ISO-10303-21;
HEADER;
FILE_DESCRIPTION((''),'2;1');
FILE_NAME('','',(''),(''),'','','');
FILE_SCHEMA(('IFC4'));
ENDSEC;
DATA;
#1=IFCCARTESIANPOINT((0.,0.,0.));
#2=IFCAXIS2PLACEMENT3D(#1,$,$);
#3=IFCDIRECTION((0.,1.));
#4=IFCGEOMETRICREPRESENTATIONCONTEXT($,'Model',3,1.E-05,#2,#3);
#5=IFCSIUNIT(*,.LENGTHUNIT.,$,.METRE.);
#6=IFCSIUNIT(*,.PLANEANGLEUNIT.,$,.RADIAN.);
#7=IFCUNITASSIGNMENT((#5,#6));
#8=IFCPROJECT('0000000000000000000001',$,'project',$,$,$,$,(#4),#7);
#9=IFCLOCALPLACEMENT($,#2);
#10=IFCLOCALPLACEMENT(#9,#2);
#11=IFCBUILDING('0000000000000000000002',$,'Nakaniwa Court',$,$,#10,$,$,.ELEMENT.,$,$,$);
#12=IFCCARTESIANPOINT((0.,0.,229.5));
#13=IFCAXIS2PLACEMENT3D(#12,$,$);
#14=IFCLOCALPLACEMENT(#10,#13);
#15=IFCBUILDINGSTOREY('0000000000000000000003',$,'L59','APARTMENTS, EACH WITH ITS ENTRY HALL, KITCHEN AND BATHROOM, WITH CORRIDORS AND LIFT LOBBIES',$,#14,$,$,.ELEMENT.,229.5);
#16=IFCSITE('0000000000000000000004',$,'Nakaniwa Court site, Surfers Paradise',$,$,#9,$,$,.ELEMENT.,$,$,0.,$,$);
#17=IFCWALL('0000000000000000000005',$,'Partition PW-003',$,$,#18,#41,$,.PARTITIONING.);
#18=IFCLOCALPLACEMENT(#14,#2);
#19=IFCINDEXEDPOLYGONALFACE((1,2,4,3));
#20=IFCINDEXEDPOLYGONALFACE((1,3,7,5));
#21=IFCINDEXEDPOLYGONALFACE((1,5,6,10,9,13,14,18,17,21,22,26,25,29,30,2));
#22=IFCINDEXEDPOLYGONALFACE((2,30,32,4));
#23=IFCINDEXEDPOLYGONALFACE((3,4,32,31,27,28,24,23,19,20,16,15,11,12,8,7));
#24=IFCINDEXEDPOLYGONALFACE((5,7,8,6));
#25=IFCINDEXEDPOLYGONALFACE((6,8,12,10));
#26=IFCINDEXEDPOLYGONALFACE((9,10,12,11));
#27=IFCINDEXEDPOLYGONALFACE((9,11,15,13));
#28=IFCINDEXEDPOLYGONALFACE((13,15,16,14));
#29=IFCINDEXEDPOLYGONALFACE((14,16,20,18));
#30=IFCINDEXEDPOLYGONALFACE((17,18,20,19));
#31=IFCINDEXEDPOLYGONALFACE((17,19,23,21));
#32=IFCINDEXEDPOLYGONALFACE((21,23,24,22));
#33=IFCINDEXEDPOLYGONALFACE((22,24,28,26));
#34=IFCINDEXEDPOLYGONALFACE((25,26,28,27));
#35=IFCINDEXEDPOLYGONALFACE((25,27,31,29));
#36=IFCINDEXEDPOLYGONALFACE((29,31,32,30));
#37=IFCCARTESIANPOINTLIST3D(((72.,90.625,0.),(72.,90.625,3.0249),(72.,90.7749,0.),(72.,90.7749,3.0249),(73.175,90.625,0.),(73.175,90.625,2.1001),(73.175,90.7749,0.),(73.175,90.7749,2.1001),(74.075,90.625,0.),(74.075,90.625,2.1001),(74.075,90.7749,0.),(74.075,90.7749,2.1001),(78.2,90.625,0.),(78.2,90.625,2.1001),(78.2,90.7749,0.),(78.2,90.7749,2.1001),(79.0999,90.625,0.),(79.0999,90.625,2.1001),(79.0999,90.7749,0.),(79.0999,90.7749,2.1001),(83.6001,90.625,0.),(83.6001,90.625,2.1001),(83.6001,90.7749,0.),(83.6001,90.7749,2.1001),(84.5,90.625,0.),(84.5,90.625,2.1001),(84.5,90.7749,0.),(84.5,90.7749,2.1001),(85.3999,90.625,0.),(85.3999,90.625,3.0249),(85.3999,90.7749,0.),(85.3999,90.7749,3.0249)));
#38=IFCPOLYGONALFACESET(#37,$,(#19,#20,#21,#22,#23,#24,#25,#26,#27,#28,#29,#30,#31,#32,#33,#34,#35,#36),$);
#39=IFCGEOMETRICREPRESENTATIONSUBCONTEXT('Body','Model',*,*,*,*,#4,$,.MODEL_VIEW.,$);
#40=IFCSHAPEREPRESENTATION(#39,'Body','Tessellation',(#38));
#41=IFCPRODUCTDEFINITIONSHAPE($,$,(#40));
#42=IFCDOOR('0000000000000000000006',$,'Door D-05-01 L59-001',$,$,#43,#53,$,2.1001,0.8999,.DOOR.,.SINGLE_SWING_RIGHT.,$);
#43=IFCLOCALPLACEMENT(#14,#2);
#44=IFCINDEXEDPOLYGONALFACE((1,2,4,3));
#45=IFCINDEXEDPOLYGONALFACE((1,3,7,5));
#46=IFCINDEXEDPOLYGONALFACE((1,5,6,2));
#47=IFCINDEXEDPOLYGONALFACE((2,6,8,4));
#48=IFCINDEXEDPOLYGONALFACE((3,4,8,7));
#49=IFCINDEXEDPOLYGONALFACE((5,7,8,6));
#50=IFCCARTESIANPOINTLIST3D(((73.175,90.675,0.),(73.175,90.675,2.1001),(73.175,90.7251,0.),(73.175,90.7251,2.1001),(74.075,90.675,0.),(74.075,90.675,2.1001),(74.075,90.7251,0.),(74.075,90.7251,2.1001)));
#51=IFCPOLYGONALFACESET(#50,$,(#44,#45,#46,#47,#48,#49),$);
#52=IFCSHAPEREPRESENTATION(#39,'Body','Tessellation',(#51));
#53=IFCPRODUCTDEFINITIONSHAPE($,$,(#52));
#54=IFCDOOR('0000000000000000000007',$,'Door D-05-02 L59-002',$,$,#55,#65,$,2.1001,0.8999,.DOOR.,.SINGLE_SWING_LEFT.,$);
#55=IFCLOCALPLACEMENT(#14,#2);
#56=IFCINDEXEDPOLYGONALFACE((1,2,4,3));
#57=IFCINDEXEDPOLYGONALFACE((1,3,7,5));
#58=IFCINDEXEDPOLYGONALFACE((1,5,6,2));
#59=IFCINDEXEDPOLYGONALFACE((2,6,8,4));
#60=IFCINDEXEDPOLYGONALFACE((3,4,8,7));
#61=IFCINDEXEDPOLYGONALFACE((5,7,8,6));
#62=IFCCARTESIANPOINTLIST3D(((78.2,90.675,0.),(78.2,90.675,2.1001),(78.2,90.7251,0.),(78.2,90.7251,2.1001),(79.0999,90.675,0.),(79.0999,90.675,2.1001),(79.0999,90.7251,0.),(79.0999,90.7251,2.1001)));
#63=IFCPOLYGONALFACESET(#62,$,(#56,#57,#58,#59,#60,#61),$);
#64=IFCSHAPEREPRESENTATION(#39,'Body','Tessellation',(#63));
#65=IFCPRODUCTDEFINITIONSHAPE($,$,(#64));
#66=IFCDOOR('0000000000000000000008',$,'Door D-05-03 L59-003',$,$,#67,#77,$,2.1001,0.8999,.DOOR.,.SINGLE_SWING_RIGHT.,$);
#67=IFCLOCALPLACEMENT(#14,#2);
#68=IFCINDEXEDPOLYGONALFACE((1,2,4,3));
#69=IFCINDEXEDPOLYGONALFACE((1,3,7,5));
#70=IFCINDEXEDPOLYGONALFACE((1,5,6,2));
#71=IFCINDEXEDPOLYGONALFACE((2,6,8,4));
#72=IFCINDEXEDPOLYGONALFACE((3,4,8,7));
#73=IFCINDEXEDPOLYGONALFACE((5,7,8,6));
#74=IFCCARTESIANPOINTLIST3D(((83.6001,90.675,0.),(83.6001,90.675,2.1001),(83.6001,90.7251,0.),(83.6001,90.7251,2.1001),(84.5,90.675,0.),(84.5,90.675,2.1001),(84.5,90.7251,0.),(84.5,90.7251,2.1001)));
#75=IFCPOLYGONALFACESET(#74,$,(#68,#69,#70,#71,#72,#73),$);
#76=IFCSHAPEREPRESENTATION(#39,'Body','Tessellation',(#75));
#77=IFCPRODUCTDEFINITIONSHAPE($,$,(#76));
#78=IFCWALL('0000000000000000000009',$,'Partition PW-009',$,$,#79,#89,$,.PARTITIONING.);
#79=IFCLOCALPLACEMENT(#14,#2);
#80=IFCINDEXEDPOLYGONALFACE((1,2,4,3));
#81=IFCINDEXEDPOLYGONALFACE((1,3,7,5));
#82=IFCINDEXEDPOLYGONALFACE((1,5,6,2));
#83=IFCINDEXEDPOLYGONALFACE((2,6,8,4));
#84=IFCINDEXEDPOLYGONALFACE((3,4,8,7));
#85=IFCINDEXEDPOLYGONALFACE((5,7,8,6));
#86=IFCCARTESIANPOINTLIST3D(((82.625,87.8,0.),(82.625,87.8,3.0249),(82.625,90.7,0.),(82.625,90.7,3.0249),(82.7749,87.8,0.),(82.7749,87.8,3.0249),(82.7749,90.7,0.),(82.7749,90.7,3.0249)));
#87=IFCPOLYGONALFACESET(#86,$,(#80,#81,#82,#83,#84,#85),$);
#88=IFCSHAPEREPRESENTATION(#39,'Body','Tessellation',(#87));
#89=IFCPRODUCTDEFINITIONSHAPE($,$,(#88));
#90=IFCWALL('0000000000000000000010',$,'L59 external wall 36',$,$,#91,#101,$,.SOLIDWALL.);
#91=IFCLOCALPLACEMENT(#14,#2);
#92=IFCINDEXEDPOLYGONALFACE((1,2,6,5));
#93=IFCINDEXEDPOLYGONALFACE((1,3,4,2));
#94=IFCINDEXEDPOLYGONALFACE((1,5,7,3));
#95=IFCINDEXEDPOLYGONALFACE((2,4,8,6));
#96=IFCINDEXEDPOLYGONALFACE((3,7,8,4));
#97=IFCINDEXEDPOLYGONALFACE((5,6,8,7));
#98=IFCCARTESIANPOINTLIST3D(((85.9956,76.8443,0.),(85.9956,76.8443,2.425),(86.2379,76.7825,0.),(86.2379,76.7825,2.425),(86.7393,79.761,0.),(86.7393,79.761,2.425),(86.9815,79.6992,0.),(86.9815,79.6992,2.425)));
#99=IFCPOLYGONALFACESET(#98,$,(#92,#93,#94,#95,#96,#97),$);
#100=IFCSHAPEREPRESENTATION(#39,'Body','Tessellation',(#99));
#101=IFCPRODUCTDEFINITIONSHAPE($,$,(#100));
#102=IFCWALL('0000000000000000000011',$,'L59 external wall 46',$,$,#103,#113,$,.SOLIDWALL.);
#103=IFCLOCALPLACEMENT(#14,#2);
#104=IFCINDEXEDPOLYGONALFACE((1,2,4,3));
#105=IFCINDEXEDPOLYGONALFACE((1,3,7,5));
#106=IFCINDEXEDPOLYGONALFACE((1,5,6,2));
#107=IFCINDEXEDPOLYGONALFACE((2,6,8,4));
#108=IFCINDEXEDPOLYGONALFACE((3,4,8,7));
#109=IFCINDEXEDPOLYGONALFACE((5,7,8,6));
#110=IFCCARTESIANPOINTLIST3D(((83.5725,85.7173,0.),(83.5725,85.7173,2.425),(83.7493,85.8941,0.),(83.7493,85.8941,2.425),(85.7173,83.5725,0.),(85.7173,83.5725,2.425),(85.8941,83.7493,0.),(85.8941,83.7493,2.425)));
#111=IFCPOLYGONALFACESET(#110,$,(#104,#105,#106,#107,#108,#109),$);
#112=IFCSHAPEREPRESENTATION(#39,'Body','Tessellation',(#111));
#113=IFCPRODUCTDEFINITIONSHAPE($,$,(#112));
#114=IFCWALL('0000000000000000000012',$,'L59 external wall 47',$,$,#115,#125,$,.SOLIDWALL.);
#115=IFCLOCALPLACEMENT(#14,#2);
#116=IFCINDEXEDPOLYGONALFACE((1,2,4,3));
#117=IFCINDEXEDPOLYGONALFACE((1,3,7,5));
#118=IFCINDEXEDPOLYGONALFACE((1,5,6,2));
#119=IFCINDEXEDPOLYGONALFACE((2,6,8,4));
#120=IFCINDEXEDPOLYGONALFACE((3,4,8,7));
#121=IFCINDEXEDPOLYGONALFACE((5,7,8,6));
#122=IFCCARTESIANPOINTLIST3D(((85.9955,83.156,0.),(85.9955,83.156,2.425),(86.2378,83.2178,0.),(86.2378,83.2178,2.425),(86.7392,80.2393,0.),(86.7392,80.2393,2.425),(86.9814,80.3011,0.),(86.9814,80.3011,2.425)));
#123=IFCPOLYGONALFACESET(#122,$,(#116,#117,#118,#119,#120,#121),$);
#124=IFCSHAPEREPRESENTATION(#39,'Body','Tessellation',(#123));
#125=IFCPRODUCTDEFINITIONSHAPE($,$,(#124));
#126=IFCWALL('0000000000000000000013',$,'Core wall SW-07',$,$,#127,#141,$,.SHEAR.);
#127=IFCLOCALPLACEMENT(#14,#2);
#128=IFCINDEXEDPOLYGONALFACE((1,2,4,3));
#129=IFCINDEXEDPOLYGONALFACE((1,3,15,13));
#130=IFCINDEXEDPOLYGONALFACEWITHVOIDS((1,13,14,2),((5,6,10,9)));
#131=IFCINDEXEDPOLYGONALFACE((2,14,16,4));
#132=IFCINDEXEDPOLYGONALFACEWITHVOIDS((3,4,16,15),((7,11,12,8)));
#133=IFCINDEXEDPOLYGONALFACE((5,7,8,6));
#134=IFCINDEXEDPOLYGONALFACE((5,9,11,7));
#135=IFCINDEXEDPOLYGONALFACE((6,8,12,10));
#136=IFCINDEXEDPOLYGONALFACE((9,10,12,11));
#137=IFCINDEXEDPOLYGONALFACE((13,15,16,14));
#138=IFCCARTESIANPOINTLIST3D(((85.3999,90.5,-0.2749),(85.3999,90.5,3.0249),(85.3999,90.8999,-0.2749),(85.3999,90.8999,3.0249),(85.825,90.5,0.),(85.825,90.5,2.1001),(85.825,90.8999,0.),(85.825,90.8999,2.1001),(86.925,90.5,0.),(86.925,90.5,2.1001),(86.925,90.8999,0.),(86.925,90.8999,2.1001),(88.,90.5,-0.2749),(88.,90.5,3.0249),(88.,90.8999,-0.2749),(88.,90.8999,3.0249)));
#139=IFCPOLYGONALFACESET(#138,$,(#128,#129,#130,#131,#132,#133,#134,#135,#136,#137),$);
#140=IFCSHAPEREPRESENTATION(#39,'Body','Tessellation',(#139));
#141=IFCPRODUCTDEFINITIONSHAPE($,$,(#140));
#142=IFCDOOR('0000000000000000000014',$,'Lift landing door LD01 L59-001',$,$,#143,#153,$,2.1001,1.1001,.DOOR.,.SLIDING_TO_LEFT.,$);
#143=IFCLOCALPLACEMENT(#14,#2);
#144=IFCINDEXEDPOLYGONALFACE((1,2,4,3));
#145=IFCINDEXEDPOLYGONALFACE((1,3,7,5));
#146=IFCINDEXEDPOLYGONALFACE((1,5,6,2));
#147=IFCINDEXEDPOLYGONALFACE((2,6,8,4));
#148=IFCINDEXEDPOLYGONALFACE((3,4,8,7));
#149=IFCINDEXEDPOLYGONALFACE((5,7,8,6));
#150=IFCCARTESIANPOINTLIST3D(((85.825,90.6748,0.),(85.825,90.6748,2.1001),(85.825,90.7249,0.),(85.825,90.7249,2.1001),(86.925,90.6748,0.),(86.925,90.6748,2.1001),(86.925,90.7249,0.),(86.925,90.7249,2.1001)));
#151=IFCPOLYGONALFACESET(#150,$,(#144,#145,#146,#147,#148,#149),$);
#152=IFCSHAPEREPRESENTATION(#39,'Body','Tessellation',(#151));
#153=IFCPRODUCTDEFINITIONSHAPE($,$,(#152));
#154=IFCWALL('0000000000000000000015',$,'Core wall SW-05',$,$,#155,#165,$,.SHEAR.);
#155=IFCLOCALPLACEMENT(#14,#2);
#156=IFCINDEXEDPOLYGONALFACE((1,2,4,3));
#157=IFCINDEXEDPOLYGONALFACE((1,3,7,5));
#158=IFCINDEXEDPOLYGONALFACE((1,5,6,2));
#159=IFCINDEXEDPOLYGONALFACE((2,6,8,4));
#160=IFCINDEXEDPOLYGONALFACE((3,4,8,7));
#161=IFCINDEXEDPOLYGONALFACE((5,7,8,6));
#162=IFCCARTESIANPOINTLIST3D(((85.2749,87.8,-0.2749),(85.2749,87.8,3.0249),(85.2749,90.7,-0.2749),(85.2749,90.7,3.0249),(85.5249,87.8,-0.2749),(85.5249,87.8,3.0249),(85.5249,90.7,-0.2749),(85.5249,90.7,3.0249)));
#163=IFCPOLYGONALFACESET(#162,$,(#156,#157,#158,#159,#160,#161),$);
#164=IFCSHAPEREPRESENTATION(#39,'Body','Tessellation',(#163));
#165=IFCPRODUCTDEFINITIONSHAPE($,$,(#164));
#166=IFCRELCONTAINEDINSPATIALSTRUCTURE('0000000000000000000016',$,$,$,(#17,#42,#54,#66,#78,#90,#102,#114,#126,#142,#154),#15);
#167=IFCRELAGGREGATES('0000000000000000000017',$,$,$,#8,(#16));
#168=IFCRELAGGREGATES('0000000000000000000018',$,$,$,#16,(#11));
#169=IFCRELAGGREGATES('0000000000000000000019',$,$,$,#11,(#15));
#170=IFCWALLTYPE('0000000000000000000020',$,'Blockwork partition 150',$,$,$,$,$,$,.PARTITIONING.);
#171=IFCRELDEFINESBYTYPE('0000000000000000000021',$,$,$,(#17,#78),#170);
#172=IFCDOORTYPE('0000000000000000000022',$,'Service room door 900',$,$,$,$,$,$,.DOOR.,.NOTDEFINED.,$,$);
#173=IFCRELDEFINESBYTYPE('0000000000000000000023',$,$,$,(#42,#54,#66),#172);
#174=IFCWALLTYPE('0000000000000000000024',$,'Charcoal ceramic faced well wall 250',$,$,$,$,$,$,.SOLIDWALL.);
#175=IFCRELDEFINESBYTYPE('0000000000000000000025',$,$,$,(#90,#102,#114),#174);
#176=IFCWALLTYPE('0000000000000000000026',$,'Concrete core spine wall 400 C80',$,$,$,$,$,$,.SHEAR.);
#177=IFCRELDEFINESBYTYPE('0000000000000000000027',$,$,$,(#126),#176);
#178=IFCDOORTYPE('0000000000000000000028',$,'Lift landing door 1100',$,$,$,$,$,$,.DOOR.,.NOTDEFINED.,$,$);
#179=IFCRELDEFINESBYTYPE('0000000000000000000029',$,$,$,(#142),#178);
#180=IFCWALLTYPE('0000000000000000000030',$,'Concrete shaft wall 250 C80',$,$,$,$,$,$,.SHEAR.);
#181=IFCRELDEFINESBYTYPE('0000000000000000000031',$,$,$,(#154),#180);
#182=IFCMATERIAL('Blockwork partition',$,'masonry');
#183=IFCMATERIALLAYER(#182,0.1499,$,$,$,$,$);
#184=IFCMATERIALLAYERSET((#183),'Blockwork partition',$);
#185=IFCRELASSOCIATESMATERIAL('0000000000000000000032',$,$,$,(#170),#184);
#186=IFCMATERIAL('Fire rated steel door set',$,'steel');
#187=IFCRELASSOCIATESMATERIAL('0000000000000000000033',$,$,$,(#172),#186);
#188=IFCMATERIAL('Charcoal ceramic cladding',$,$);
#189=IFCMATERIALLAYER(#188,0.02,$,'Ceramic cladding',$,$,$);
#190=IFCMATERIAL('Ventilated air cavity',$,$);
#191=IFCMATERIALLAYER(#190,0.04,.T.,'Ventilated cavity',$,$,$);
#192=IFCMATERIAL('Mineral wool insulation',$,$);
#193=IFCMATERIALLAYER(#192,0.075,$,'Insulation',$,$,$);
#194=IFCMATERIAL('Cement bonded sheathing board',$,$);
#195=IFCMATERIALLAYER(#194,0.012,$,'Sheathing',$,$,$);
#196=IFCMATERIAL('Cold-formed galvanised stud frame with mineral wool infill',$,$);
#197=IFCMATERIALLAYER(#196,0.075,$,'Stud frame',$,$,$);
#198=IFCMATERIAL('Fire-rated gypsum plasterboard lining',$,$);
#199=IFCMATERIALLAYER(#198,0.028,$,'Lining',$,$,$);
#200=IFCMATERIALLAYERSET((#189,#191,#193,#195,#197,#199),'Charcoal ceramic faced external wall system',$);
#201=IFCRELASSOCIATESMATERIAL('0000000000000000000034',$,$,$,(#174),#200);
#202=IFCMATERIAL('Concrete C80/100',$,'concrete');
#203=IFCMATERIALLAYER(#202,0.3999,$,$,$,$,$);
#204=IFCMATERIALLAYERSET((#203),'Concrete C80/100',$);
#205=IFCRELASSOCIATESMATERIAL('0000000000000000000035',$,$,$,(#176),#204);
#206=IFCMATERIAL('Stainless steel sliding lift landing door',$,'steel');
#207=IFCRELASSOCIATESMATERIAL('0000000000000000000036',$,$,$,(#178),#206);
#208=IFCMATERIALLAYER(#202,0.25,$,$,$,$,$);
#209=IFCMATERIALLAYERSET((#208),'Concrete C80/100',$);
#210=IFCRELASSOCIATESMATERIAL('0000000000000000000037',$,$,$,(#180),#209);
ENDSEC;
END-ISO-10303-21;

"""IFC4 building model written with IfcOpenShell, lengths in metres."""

from ifc_helpers import new_model, si_unit, direction, frame, frame_2d, origin, place, context, subcontext, project, spatial, rectangle, extrude, material, layer, layer_set, type_object, element, fill, save


model = new_model("IFC4")

# Units and contexts
model_context = context("Model", 3, precision=1e-05, world=origin(), true_north=direction((0.0, 1.0)))
body_context = subcontext(model_context, "Body", "Model", "MODEL_VIEW")
ifc_project = project(units=[si_unit("LENGTHUNIT", "METRE"), si_unit("PLANEANGLEUNIT", "RADIAN")], contexts=[model_context])

# Site, building, storey
site_placement = place(None, origin())
site = spatial("IfcSite", under=ifc_project, at=site_placement, Name="Nakaniwa Court site, Surfers Paradise", CompositionType="ELEMENT", RefElevation=0.0)
building_placement = place(site_placement, origin())
building = spatial("IfcBuilding", under=site, at=building_placement, Name="Nakaniwa Court", CompositionType="ELEMENT")
storey_placement = place(building_placement, frame((0.0, 0.0, 229.5)))
storey = spatial("IfcBuildingStorey", under=building, at=storey_placement, Name="L59", Description="APARTMENTS, EACH WITH ITS ENTRY HALL, KITCHEN AND BATHROOM, WITH CORRIDORS AND LIFT LOBBIES", CompositionType="ELEMENT", Elevation=229.5)

# Shared definitions
ifc_material_1 = material(Name="Concrete C80/100", Category="concrete")

# Wall, openings, doors
ifc_material_2 = material(Name="Blockwork partition", Category="masonry")
ifc_layer_1 = layer(ifc_material_2, 0.1499)
ifc_layer_set_1 = layer_set([ifc_layer_1], Name="Blockwork partition")
wall_type_1 = type_object("IfcWallType", Name="Blockwork partition 150", PredefinedType="PARTITIONING", material=ifc_layer_set_1)
wall_1_placement = place(storey_placement, frame((85.3999, 90.7, 0.0), z_axis=(0.0, 0.0, 1.0), x_axis=(-1.0, 0.0, 0.0)))
wall_1 = element("IfcWall", 1, at=wall_1_placement, inside=storey, type_object=wall_type_1, Name="Partition PW-003", PredefinedType="PARTITIONING", context=body_context, shape_type="SweptSolid", body=[
    extrude(rectangle(XDim=13.3999, YDim=0.1499, at=frame_2d((6.7, 0.0))), origin(), (0.0, 0.0, 1.0), 3.0249),
])
opening_1_placement = place(wall_1_placement, frame((11.325, 0.0, 0.0)))
opening_1 = element("IfcOpeningElement", 2, at=opening_1_placement, cuts=wall_1, PredefinedType="OPENING", context=body_context, shape_type="SweptSolid", body=[
    extrude(rectangle(XDim=0.8999, YDim=2.1001, at=frame_2d((0.45, 1.05))), frame((0.0, 0.085, 0.0), z_axis=(0.0, -1.0, 0.0), x_axis=(1.0, 0.0, 0.0)), (0.0, 0.0, 1.0), 0.1699),
])
opening_2_placement = place(wall_1_placement, frame((6.3, 0.0, 0.0)))
opening_2 = element("IfcOpeningElement", 3, at=opening_2_placement, cuts=wall_1, PredefinedType="OPENING", context=body_context, shape_type="SweptSolid", body=[
    extrude(rectangle(XDim=0.8999, YDim=2.1001, at=frame_2d((0.45, 1.05))), frame((0.0, 0.085, 0.0), z_axis=(0.0, -1.0, 0.0), x_axis=(1.0, 0.0, 0.0)), (0.0, 0.0, 1.0), 0.1699),
])
opening_3_placement = place(wall_1_placement, frame((0.8999, 0.0, 0.0)))
opening_3 = element("IfcOpeningElement", 4, at=opening_3_placement, cuts=wall_1, PredefinedType="OPENING", context=body_context, shape_type="SweptSolid", body=[
    extrude(rectangle(XDim=0.8999, YDim=2.1001, at=frame_2d((0.45, 1.05))), frame((0.0, 0.085, 0.0), z_axis=(0.0, -1.0, 0.0), x_axis=(1.0, 0.0, 0.0)), (0.0, 0.0, 1.0), 0.1699),
])
ifc_material_3 = material(Name="Fire rated steel door set", Category="steel")
door_type_1 = type_object("IfcDoorType", Name="Service room door 900", OperationType="NOTDEFINED", PredefinedType="DOOR", material=ifc_material_3)
door_1_placement = place(opening_1_placement, origin())
door_1 = element("IfcDoor", 5, at=door_1_placement, inside=storey, type_object=door_type_1, Name="Door D-05-01 L59-001", OperationType="SINGLE_SWING_RIGHT", OverallHeight=2.1001, OverallWidth=0.8999, PredefinedType="DOOR", context=body_context, shape_type="SweptSolid", body=[
    extrude(rectangle(XDim=0.8999, YDim=2.1001, at=frame_2d((0.45, 1.05))), frame((0.0, 0.0249, 0.0), z_axis=(0.0, -1.0, 0.0), x_axis=(1.0, 0.0, 0.0)), (0.0, 0.0, 1.0), 0.05),
])
fill(opening_1, door_1)
door_2_placement = place(opening_2_placement, origin())
door_2 = element("IfcDoor", 6, at=door_2_placement, inside=storey, type_object=door_type_1, Name="Door D-05-02 L59-002", OperationType="SINGLE_SWING_LEFT", OverallHeight=2.1001, OverallWidth=0.8999, PredefinedType="DOOR", context=body_context, shape_type="SweptSolid", body=[
    extrude(rectangle(XDim=0.8999, YDim=2.1001, at=frame_2d((0.45, 1.05))), frame((0.0, 0.0249, 0.0), z_axis=(0.0, -1.0, 0.0), x_axis=(1.0, 0.0, 0.0)), (0.0, 0.0, 1.0), 0.05),
])
fill(opening_2, door_2)
door_3_placement = place(opening_3_placement, origin())
door_3 = element("IfcDoor", 7, at=door_3_placement, inside=storey, type_object=door_type_1, Name="Door D-05-03 L59-003", OperationType="SINGLE_SWING_RIGHT", OverallHeight=2.1001, OverallWidth=0.8999, PredefinedType="DOOR", context=body_context, shape_type="SweptSolid", body=[
    extrude(rectangle(XDim=0.8999, YDim=2.1001, at=frame_2d((0.45, 1.05))), frame((0.0, 0.0249, 0.0), z_axis=(0.0, -1.0, 0.0), x_axis=(1.0, 0.0, 0.0)), (0.0, 0.0, 1.0), 0.05),
])
fill(opening_3, door_3)

# Walls
wall_2_placement = place(storey_placement, frame((82.7, 87.8, 0.0), z_axis=(0.0, 0.0, 1.0), x_axis=(0.0, 1.0, 0.0)))
element("IfcWall", 8, at=wall_2_placement, inside=storey, type_object=wall_type_1, Name="Partition PW-009", PredefinedType="PARTITIONING", context=body_context, shape_type="SweptSolid", body=[
    extrude(rectangle(XDim=2.8999, YDim=0.1499, at=frame_2d((1.45, 0.0))), origin(), (0.0, 0.0, 1.0), 3.0249),
])
ifc_material_4 = material(Name="Charcoal ceramic cladding")
ifc_layer_2 = layer(ifc_material_4, 0.02, Name="Ceramic cladding")
ifc_material_5 = material(Name="Ventilated air cavity")
ifc_layer_3 = layer(ifc_material_5, 0.04, ventilated=True, Name="Ventilated cavity")
ifc_material_6 = material(Name="Mineral wool insulation")
ifc_layer_4 = layer(ifc_material_6, 0.075, Name="Insulation")
ifc_material_7 = material(Name="Cement bonded sheathing board")
ifc_layer_5 = layer(ifc_material_7, 0.012, Name="Sheathing")
ifc_material_8 = material(Name="Cold-formed galvanised stud frame with mineral wool infill")
ifc_layer_6 = layer(ifc_material_8, 0.075, Name="Stud frame")
ifc_material_9 = material(Name="Fire-rated gypsum plasterboard lining")
ifc_layer_7 = layer(ifc_material_9, 0.028, Name="Lining")
ifc_layer_set_2 = layer_set([ifc_layer_2, ifc_layer_3, ifc_layer_4, ifc_layer_5, ifc_layer_6, ifc_layer_7], Name="Charcoal ceramic faced external wall system")
wall_type_2 = type_object("IfcWallType", Name="Charcoal ceramic faced well wall 250", PredefinedType="SOLIDWALL", material=ifc_layer_set_2)
wall_3_placement = place(storey_placement, frame((86.8604, 79.73, 0.0), z_axis=(0.0, 0.0, 1.0), x_axis=(-0.247056, -0.969001, 0.0)))
element("IfcWall", 9, at=wall_3_placement, inside=storey, type_object=wall_type_2, Name="L59 external wall 36", PredefinedType="SOLIDWALL", context=body_context, shape_type="SweptSolid", body=[
    extrude(rectangle(XDim=3.01, YDim=0.25, at=frame_2d((1.5049, 0.0))), origin(), (0.0, 0.0, 1.0), 2.425),
])
wall_4_placement = place(storey_placement, frame((83.6609, 85.8057, 0.0), z_axis=(0.0, 0.0, 1.0), x_axis=(0.707107, -0.707107, 0.0)))
element("IfcWall", 10, at=wall_4_placement, inside=storey, type_object=wall_type_2, Name="L59 external wall 46", PredefinedType="SOLIDWALL", context=body_context, shape_type="SweptSolid", body=[
    extrude(rectangle(XDim=3.0332, YDim=0.25, at=frame_2d((1.5166, 0.0))), origin(), (0.0, 0.0, 1.0), 2.425),
])
wall_5_placement = place(storey_placement, frame((86.1167, 83.1868, 0.0), z_axis=(0.0, 0.0, 1.0), x_axis=(0.247056, -0.969001, 0.0)))
element("IfcWall", 11, at=wall_5_placement, inside=storey, type_object=wall_type_2, Name="L59 external wall 47", PredefinedType="SOLIDWALL", context=body_context, shape_type="SweptSolid", body=[
    extrude(rectangle(XDim=3.01, YDim=0.25, at=frame_2d((1.5049, 0.0))), origin(), (0.0, 0.0, 1.0), 2.425),
])

# Wall, opening, door
ifc_layer_8 = layer(ifc_material_1, 0.3999)
ifc_layer_set_3 = layer_set([ifc_layer_8], Name="Concrete C80/100")
wall_type_3 = type_object("IfcWallType", Name="Concrete core spine wall 400 C80", PredefinedType="SHEAR", material=ifc_layer_set_3)
wall_6_placement = place(storey_placement, frame((85.3999, 90.7, -0.2749), z_axis=(0.0, 0.0, 1.0), x_axis=(1.0, 0.0, 0.0)))
wall_6 = element("IfcWall", 12, at=wall_6_placement, inside=storey, type_object=wall_type_3, Name="Core wall SW-07", PredefinedType="SHEAR", context=body_context, shape_type="SweptSolid", body=[
    extrude(rectangle(XDim=2.6001, YDim=0.3999, at=frame_2d((1.3, 0.0))), origin(), (0.0, 0.0, 1.0), 3.2998),
])
opening_4_placement = place(wall_6_placement, frame((0.425, 0.0, 0.2749)))
opening_4 = element("IfcOpeningElement", 13, at=opening_4_placement, cuts=wall_6, PredefinedType="OPENING", context=body_context, shape_type="SweptSolid", body=[
    extrude(rectangle(XDim=1.1001, YDim=2.1001, at=frame_2d((0.55, 1.05))), frame((0.0, 0.21, 0.0), z_axis=(0.0, -1.0, 0.0), x_axis=(1.0, 0.0, 0.0)), (0.0, 0.0, 1.0), 0.4199),
])
ifc_material_10 = material(Name="Stainless steel sliding lift landing door", Category="steel")
door_type_2 = type_object("IfcDoorType", Name="Lift landing door 1100", OperationType="NOTDEFINED", PredefinedType="DOOR", material=ifc_material_10)
door_4_placement = place(opening_4_placement, origin())
door_4 = element("IfcDoor", 14, at=door_4_placement, inside=storey, type_object=door_type_2, Name="Lift landing door LD01 L59-001", OperationType="SLIDING_TO_LEFT", OverallHeight=2.1001, OverallWidth=1.1001, PredefinedType="DOOR", context=body_context, shape_type="SweptSolid", body=[
    extrude(rectangle(XDim=1.1001, YDim=2.1001, at=frame_2d((0.55, 1.05))), frame((0.0, 0.0249, 0.0), z_axis=(0.0, -1.0, 0.0), x_axis=(1.0, 0.0, 0.0)), (0.0, 0.0, 1.0), 0.05),
])
fill(opening_4, door_4)

# Wall
ifc_layer_9 = layer(ifc_material_1, 0.25)
ifc_layer_set_4 = layer_set([ifc_layer_9], Name="Concrete C80/100")
wall_type_4 = type_object("IfcWallType", Name="Concrete shaft wall 250 C80", PredefinedType="SHEAR", material=ifc_layer_set_4)
wall_7_placement = place(storey_placement, frame((85.3999, 87.8, -0.2749), z_axis=(0.0, 0.0, 1.0), x_axis=(0.0, 1.0, 0.0)))
element("IfcWall", 15, at=wall_7_placement, inside=storey, type_object=wall_type_4, Name="Core wall SW-05", PredefinedType="SHEAR", context=body_context, shape_type="SweptSolid", body=[
    extrude(rectangle(XDim=2.8999, YDim=0.25, at=frame_2d((1.45, 0.0))), origin(), (0.0, 0.0, 1.0), 3.2998),
])

save(model, "model.ifc")
